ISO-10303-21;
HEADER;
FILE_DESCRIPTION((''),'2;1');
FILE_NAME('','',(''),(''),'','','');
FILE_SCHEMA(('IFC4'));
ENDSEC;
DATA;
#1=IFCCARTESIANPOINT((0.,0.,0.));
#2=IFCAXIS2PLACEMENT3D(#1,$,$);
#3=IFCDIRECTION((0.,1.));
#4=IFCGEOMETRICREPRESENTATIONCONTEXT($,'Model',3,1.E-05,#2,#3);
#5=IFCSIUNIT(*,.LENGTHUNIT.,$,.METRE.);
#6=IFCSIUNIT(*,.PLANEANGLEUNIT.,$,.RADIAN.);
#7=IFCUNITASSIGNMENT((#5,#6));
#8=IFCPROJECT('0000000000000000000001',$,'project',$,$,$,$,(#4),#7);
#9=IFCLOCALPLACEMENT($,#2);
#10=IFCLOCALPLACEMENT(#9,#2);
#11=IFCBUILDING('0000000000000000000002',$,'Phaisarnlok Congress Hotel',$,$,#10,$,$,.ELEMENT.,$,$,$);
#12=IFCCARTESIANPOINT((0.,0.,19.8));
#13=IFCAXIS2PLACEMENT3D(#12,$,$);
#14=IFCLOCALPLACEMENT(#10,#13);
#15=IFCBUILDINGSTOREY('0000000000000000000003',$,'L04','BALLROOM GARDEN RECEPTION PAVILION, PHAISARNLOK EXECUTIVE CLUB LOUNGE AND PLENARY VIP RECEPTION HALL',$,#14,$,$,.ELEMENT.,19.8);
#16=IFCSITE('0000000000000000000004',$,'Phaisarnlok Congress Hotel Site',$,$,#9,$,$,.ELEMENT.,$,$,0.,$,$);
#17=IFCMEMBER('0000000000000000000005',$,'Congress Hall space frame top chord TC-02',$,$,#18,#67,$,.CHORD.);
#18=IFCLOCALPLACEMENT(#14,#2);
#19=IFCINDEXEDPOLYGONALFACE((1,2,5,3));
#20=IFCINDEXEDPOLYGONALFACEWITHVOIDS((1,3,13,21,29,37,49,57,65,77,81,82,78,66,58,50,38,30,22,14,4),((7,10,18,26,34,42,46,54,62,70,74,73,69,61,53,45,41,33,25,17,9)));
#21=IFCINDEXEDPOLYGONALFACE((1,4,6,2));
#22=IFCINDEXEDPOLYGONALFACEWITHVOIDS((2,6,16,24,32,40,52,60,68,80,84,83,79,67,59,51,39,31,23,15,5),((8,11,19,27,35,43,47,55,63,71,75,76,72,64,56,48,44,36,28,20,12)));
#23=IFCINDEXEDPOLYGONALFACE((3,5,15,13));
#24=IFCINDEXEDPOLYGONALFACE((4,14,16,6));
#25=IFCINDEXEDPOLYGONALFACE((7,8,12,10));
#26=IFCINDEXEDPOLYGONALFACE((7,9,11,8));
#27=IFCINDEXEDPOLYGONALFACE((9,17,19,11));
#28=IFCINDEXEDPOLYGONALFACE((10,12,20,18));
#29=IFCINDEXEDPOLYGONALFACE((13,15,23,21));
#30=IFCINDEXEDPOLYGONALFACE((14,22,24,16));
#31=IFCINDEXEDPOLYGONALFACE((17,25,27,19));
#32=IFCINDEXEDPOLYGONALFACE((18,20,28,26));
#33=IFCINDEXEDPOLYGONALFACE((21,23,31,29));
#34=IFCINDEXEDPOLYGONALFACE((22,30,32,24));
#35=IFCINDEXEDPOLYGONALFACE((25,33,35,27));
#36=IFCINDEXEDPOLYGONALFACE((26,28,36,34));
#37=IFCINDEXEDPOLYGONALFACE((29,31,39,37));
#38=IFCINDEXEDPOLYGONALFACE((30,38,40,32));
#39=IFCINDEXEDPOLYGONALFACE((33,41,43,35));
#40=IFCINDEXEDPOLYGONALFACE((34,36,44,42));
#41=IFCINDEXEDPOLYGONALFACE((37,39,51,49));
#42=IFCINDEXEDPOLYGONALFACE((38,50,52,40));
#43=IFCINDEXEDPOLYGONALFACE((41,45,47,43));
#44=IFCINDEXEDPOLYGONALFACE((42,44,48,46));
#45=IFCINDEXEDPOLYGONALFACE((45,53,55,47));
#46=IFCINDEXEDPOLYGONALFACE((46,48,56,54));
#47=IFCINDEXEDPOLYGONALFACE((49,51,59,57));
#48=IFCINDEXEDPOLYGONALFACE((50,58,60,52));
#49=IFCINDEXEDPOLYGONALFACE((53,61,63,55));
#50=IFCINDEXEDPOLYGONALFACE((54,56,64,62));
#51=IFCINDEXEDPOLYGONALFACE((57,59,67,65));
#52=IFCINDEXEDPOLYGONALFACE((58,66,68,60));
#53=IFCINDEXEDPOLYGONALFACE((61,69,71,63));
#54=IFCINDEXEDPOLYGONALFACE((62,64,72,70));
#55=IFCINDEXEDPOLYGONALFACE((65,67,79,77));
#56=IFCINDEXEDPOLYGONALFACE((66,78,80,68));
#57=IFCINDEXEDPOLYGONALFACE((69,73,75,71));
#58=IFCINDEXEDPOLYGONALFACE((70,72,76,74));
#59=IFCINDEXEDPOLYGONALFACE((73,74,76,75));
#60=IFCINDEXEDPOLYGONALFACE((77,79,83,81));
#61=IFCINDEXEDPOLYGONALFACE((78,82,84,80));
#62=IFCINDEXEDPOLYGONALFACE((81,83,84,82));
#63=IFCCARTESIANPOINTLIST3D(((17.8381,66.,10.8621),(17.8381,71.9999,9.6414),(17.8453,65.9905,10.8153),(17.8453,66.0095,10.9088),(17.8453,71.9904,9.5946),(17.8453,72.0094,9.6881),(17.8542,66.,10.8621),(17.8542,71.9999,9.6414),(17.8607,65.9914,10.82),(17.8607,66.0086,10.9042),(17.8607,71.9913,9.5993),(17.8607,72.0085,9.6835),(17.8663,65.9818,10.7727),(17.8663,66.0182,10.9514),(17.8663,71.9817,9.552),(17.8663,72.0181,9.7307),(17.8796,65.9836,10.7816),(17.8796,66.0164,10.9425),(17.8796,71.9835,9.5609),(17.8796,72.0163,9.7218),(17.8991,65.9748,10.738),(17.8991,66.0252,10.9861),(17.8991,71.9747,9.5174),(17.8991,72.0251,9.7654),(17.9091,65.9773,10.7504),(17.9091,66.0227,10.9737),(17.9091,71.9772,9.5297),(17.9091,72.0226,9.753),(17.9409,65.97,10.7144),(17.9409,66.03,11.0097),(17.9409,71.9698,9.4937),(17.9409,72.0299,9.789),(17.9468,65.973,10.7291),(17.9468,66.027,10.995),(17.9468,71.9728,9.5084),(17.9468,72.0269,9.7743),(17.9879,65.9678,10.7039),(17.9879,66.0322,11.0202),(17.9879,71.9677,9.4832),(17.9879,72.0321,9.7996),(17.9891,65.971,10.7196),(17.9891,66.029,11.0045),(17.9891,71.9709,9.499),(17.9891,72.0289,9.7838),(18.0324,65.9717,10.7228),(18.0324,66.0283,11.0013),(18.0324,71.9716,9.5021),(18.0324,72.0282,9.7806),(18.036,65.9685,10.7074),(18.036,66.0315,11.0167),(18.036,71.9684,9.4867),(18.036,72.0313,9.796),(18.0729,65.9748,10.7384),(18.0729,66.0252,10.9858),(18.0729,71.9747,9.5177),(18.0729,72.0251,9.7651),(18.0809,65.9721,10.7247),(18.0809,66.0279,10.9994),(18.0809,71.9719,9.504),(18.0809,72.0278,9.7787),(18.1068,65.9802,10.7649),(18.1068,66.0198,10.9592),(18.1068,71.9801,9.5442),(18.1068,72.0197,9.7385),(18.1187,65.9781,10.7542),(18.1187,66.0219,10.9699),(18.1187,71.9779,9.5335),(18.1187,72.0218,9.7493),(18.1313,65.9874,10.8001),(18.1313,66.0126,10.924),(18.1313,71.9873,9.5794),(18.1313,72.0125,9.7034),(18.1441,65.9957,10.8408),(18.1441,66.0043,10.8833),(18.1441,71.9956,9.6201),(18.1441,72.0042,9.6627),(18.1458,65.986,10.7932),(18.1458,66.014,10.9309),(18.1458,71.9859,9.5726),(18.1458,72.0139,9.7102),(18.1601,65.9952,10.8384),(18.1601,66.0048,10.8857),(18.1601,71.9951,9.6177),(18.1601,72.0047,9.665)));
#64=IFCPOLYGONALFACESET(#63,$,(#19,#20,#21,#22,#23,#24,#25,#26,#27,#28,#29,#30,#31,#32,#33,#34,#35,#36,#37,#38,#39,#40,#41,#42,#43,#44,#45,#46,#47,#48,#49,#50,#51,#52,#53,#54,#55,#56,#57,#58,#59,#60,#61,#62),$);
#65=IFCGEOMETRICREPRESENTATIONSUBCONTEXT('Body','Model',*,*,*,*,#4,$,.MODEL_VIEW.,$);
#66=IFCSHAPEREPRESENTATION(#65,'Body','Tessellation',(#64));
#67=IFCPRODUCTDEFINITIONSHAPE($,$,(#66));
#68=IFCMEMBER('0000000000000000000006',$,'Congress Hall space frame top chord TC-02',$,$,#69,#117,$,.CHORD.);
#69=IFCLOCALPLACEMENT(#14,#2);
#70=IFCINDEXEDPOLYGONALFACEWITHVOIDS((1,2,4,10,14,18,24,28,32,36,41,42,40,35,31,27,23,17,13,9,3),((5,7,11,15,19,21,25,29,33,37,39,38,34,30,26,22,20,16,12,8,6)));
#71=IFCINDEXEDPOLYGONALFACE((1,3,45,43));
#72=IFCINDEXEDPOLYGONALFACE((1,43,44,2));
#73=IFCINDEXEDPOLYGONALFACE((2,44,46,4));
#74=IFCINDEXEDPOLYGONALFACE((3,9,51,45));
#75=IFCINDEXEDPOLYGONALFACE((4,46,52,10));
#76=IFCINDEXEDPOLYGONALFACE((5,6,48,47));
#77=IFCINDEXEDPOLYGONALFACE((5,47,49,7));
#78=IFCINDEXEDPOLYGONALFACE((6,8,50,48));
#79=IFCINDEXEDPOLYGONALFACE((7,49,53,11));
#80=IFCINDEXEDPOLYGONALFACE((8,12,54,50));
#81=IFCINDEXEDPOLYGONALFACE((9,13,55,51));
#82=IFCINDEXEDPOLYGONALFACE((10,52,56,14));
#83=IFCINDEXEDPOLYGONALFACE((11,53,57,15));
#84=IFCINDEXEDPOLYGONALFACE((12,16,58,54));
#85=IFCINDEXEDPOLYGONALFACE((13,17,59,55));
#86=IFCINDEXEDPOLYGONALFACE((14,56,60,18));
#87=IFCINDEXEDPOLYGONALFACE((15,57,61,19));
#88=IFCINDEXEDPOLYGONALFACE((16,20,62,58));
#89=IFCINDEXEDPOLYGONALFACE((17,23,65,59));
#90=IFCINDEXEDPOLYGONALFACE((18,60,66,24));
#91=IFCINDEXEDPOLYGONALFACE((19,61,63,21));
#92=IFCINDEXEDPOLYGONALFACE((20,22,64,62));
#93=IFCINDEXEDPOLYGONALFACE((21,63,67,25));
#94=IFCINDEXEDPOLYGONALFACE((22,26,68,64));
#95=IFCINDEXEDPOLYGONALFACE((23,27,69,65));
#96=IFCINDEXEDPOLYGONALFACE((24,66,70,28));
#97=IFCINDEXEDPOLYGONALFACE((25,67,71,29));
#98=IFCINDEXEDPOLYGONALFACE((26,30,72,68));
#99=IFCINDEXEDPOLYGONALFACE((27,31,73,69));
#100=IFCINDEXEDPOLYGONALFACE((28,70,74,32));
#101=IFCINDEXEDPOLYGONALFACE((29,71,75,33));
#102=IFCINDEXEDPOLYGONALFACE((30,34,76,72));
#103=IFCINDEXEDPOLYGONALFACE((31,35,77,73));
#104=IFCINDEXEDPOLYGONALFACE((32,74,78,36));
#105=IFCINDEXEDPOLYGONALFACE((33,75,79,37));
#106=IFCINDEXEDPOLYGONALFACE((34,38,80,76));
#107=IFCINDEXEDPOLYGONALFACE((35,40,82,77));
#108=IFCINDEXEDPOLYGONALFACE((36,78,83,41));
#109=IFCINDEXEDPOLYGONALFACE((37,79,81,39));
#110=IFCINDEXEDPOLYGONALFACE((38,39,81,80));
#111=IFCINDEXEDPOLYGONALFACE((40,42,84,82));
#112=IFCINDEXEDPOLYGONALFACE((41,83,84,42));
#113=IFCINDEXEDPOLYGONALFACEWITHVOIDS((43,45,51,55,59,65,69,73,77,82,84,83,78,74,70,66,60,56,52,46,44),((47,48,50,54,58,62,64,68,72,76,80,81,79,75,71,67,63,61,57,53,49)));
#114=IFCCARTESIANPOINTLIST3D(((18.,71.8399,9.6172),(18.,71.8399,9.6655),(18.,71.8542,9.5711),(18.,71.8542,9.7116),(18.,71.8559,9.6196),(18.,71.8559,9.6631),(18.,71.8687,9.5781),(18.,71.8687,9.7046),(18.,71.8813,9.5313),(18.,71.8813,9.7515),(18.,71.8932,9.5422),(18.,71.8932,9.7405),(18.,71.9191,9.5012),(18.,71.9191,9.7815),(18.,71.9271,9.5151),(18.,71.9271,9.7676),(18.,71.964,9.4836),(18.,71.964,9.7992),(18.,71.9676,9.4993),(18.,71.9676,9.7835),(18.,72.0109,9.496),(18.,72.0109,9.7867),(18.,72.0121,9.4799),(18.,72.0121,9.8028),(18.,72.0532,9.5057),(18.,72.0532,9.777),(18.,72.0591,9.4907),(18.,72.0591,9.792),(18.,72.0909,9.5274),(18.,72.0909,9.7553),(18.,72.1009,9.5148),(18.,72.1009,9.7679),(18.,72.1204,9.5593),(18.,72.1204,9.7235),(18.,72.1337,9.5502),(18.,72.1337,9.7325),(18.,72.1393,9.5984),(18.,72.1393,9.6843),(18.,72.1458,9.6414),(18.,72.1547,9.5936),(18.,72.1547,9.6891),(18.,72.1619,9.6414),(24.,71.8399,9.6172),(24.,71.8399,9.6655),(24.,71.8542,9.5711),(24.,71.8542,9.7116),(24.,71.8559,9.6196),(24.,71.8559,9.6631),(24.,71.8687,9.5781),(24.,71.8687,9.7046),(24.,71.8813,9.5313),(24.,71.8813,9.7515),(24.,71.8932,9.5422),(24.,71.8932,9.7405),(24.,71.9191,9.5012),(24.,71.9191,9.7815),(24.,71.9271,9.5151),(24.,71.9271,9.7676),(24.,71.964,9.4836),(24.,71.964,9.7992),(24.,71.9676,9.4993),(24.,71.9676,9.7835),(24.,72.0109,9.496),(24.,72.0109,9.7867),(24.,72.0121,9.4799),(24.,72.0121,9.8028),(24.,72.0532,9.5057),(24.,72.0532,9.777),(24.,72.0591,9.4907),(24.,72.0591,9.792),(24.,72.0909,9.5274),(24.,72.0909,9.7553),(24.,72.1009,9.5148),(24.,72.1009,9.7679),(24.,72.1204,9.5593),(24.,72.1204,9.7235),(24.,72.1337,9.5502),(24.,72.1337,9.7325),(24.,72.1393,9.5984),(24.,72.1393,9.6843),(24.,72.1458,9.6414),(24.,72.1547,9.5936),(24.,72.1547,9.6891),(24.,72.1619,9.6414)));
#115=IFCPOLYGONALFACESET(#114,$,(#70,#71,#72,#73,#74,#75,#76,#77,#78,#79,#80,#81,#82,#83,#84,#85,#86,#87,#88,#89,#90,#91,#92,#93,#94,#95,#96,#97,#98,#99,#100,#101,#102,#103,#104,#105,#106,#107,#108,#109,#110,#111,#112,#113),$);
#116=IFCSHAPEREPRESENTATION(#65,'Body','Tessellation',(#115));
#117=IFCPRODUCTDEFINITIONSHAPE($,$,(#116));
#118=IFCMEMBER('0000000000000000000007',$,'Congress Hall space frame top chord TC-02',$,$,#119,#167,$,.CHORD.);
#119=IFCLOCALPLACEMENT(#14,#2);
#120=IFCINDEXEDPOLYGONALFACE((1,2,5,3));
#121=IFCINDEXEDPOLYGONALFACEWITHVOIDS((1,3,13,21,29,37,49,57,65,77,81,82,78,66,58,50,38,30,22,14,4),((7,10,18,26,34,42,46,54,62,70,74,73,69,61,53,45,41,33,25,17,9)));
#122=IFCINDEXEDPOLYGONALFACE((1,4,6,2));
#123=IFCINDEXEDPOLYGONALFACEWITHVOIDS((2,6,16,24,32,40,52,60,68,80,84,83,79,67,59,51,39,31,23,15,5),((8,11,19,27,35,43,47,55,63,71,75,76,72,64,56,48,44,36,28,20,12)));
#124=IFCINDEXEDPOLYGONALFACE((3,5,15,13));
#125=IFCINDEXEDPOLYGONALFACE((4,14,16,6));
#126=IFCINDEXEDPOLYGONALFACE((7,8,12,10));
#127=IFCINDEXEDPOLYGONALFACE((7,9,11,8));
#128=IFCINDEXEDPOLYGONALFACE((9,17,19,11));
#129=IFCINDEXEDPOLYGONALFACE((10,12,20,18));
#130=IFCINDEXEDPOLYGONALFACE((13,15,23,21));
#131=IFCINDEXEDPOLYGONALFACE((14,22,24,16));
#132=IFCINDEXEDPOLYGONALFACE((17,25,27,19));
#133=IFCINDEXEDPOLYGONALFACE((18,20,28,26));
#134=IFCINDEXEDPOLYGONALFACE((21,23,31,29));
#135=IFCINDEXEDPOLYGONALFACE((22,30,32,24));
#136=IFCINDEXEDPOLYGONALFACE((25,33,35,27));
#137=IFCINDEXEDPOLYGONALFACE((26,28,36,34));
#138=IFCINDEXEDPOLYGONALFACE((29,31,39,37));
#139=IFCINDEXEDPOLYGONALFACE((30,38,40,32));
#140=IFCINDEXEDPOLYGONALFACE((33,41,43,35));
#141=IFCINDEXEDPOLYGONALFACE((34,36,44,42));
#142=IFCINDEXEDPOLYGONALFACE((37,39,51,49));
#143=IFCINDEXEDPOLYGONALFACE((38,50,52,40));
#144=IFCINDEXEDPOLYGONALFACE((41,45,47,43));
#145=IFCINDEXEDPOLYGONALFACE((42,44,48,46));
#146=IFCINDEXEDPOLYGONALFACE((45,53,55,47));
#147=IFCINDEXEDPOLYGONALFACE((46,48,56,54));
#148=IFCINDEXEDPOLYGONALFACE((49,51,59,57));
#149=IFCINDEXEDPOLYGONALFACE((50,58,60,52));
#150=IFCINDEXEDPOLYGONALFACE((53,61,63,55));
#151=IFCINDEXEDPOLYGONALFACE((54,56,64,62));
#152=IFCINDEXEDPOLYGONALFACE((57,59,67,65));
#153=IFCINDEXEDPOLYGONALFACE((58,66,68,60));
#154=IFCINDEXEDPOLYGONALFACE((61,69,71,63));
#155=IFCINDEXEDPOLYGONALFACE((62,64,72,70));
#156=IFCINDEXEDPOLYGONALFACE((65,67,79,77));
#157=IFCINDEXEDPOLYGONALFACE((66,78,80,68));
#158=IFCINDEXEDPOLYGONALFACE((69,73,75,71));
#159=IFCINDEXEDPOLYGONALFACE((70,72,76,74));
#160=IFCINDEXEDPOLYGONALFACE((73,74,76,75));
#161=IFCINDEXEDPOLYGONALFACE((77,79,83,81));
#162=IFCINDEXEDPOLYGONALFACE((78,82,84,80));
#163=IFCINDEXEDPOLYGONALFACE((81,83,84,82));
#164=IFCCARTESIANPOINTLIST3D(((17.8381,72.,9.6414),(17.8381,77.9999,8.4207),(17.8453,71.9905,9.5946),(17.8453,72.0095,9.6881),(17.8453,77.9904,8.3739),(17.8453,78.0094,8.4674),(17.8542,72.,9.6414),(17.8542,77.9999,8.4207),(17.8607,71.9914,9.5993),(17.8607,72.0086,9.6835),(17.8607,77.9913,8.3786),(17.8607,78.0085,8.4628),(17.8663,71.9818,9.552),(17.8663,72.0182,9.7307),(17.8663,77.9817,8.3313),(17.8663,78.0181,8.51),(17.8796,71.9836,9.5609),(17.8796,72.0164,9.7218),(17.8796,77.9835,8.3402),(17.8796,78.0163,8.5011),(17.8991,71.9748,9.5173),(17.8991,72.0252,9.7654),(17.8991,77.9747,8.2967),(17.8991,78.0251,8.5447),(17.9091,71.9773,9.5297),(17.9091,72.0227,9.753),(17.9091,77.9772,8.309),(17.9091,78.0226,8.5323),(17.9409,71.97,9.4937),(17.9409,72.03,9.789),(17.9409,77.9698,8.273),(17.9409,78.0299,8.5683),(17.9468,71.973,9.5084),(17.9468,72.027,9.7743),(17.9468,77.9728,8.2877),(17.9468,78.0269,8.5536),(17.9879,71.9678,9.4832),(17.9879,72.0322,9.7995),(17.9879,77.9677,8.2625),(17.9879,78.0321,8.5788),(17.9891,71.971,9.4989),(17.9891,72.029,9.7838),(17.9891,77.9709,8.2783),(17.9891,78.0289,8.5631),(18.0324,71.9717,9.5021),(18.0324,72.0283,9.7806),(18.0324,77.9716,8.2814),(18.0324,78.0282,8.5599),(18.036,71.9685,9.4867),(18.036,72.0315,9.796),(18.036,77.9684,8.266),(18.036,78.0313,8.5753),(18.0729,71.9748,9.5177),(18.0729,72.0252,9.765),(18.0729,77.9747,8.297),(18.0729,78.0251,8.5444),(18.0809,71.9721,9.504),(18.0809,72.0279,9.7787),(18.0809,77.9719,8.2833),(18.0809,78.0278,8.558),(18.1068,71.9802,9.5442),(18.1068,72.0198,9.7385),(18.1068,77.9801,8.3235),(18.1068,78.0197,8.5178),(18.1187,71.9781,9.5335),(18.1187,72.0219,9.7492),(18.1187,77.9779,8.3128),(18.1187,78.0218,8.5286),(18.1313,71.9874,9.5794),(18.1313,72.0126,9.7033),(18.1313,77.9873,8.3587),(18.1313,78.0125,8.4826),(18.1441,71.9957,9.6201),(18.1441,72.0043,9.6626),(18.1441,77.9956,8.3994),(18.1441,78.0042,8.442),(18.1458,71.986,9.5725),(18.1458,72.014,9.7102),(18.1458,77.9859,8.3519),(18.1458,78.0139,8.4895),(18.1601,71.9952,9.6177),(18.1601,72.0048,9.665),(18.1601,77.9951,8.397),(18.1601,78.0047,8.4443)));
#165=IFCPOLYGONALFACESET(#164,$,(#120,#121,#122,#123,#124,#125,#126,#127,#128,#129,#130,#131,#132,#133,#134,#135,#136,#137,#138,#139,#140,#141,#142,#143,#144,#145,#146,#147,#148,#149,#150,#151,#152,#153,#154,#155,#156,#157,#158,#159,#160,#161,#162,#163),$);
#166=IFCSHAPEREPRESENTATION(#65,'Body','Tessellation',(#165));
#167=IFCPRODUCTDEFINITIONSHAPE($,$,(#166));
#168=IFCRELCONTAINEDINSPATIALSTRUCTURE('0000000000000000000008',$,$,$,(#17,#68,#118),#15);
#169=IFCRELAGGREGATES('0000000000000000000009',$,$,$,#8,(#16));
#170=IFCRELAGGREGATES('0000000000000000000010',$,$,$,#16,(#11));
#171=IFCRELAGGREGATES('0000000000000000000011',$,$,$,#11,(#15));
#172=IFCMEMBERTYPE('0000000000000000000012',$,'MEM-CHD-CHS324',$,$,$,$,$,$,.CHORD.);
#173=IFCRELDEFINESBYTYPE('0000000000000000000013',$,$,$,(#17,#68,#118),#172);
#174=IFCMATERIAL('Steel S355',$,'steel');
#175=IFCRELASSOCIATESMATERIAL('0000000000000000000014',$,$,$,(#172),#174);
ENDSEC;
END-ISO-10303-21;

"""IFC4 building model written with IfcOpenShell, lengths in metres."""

from ifc_helpers import new_model, si_unit, direction, frame, origin, origin_2d, place, context, subcontext, project, spatial, hollow_circle, extrude, material, material_profile, profile_set, type_object, element, save


model = new_model("IFC4")

# Units and contexts
model_context = context("Model", 3, precision=1e-05, world=origin(), true_north=direction((0.0, 1.0)))
body_context = subcontext(model_context, "Body", "Model", "MODEL_VIEW")
ifc_project = project(units=[si_unit("LENGTHUNIT", "METRE"), si_unit("PLANEANGLEUNIT", "RADIAN")], contexts=[model_context])

# Site, building, storey
site_placement = place(None, origin())
site = spatial("IfcSite", under=ifc_project, at=site_placement, Name="Phaisarnlok Congress Hotel Site", CompositionType="ELEMENT", RefElevation=0.0)
building_placement = place(site_placement, origin())
building = spatial("IfcBuilding", under=site, at=building_placement, Name="Phaisarnlok Congress Hotel", CompositionType="ELEMENT")
storey_placement = place(building_placement, frame((0.0, 0.0, 19.8)))
storey = spatial("IfcBuildingStorey", under=building, at=storey_placement, Name="L04", Description="BALLROOM GARDEN RECEPTION PAVILION, PHAISARNLOK EXECUTIVE CLUB LOUNGE AND PLENARY VIP RECEPTION HALL", CompositionType="ELEMENT", Elevation=19.8)

# Members
ifc_material = material(Name="Steel S355", Category="steel")
ifc_material_profile_1 = material_profile(ifc_material, hollow_circle(Radius=0.1619, WallThickness=0.0161, at=origin_2d()), Name="CHS 323.9x16")
ifc_profile_set_1 = profile_set([ifc_material_profile_1], Name="Steel S355")
member_type_1 = type_object("IfcMemberType", Name="MEM-CHD-CHS324", PredefinedType="CHORD", material=ifc_profile_set_1)
member_1_placement = place(storey_placement, frame((18.0, 66.0, 10.8621), z_axis=(0.0, 0.979925, -0.199366), x_axis=(-1.0, 0.0, 0.0)))
element("IfcMember", 1, at=member_1_placement, inside=storey, type_object=member_type_1, Name="Congress Hall space frame top chord TC-02", PredefinedType="CHORD", context=body_context, shape_type="SweptSolid", body=[
    extrude(hollow_circle(Radius=0.1619, WallThickness=0.0161, at=origin_2d()), origin(), (0.0, 0.0, 1.0), 6.1228),
])
member_2_placement = place(storey_placement, frame((18.0, 72.0, 9.6414), z_axis=(1.0, 0.0, 0.0), x_axis=(0.0, 1.0, 0.0)))
element("IfcMember", 2, at=member_2_placement, inside=storey, type_object=member_type_1, Name="Congress Hall space frame top chord TC-02", PredefinedType="CHORD", context=body_context, shape_type="SweptSolid", body=[
    extrude(hollow_circle(Radius=0.1619, WallThickness=0.0161, at=origin_2d()), origin(), (0.0, 0.0, 1.0), 6.0),
])
member_3_placement = place(storey_placement, frame((18.0, 72.0, 9.6414), z_axis=(0.0, 0.979925, -0.199366), x_axis=(-1.0, 0.0, 0.0)))
element("IfcMember", 3, at=member_3_placement, inside=storey, type_object=member_type_1, Name="Congress Hall space frame top chord TC-02", PredefinedType="CHORD", context=body_context, shape_type="SweptSolid", body=[
    extrude(hollow_circle(Radius=0.1619, WallThickness=0.0161, at=origin_2d()), origin(), (0.0, 0.0, 1.0), 6.1228),
])

save(model, "model.ifc")
